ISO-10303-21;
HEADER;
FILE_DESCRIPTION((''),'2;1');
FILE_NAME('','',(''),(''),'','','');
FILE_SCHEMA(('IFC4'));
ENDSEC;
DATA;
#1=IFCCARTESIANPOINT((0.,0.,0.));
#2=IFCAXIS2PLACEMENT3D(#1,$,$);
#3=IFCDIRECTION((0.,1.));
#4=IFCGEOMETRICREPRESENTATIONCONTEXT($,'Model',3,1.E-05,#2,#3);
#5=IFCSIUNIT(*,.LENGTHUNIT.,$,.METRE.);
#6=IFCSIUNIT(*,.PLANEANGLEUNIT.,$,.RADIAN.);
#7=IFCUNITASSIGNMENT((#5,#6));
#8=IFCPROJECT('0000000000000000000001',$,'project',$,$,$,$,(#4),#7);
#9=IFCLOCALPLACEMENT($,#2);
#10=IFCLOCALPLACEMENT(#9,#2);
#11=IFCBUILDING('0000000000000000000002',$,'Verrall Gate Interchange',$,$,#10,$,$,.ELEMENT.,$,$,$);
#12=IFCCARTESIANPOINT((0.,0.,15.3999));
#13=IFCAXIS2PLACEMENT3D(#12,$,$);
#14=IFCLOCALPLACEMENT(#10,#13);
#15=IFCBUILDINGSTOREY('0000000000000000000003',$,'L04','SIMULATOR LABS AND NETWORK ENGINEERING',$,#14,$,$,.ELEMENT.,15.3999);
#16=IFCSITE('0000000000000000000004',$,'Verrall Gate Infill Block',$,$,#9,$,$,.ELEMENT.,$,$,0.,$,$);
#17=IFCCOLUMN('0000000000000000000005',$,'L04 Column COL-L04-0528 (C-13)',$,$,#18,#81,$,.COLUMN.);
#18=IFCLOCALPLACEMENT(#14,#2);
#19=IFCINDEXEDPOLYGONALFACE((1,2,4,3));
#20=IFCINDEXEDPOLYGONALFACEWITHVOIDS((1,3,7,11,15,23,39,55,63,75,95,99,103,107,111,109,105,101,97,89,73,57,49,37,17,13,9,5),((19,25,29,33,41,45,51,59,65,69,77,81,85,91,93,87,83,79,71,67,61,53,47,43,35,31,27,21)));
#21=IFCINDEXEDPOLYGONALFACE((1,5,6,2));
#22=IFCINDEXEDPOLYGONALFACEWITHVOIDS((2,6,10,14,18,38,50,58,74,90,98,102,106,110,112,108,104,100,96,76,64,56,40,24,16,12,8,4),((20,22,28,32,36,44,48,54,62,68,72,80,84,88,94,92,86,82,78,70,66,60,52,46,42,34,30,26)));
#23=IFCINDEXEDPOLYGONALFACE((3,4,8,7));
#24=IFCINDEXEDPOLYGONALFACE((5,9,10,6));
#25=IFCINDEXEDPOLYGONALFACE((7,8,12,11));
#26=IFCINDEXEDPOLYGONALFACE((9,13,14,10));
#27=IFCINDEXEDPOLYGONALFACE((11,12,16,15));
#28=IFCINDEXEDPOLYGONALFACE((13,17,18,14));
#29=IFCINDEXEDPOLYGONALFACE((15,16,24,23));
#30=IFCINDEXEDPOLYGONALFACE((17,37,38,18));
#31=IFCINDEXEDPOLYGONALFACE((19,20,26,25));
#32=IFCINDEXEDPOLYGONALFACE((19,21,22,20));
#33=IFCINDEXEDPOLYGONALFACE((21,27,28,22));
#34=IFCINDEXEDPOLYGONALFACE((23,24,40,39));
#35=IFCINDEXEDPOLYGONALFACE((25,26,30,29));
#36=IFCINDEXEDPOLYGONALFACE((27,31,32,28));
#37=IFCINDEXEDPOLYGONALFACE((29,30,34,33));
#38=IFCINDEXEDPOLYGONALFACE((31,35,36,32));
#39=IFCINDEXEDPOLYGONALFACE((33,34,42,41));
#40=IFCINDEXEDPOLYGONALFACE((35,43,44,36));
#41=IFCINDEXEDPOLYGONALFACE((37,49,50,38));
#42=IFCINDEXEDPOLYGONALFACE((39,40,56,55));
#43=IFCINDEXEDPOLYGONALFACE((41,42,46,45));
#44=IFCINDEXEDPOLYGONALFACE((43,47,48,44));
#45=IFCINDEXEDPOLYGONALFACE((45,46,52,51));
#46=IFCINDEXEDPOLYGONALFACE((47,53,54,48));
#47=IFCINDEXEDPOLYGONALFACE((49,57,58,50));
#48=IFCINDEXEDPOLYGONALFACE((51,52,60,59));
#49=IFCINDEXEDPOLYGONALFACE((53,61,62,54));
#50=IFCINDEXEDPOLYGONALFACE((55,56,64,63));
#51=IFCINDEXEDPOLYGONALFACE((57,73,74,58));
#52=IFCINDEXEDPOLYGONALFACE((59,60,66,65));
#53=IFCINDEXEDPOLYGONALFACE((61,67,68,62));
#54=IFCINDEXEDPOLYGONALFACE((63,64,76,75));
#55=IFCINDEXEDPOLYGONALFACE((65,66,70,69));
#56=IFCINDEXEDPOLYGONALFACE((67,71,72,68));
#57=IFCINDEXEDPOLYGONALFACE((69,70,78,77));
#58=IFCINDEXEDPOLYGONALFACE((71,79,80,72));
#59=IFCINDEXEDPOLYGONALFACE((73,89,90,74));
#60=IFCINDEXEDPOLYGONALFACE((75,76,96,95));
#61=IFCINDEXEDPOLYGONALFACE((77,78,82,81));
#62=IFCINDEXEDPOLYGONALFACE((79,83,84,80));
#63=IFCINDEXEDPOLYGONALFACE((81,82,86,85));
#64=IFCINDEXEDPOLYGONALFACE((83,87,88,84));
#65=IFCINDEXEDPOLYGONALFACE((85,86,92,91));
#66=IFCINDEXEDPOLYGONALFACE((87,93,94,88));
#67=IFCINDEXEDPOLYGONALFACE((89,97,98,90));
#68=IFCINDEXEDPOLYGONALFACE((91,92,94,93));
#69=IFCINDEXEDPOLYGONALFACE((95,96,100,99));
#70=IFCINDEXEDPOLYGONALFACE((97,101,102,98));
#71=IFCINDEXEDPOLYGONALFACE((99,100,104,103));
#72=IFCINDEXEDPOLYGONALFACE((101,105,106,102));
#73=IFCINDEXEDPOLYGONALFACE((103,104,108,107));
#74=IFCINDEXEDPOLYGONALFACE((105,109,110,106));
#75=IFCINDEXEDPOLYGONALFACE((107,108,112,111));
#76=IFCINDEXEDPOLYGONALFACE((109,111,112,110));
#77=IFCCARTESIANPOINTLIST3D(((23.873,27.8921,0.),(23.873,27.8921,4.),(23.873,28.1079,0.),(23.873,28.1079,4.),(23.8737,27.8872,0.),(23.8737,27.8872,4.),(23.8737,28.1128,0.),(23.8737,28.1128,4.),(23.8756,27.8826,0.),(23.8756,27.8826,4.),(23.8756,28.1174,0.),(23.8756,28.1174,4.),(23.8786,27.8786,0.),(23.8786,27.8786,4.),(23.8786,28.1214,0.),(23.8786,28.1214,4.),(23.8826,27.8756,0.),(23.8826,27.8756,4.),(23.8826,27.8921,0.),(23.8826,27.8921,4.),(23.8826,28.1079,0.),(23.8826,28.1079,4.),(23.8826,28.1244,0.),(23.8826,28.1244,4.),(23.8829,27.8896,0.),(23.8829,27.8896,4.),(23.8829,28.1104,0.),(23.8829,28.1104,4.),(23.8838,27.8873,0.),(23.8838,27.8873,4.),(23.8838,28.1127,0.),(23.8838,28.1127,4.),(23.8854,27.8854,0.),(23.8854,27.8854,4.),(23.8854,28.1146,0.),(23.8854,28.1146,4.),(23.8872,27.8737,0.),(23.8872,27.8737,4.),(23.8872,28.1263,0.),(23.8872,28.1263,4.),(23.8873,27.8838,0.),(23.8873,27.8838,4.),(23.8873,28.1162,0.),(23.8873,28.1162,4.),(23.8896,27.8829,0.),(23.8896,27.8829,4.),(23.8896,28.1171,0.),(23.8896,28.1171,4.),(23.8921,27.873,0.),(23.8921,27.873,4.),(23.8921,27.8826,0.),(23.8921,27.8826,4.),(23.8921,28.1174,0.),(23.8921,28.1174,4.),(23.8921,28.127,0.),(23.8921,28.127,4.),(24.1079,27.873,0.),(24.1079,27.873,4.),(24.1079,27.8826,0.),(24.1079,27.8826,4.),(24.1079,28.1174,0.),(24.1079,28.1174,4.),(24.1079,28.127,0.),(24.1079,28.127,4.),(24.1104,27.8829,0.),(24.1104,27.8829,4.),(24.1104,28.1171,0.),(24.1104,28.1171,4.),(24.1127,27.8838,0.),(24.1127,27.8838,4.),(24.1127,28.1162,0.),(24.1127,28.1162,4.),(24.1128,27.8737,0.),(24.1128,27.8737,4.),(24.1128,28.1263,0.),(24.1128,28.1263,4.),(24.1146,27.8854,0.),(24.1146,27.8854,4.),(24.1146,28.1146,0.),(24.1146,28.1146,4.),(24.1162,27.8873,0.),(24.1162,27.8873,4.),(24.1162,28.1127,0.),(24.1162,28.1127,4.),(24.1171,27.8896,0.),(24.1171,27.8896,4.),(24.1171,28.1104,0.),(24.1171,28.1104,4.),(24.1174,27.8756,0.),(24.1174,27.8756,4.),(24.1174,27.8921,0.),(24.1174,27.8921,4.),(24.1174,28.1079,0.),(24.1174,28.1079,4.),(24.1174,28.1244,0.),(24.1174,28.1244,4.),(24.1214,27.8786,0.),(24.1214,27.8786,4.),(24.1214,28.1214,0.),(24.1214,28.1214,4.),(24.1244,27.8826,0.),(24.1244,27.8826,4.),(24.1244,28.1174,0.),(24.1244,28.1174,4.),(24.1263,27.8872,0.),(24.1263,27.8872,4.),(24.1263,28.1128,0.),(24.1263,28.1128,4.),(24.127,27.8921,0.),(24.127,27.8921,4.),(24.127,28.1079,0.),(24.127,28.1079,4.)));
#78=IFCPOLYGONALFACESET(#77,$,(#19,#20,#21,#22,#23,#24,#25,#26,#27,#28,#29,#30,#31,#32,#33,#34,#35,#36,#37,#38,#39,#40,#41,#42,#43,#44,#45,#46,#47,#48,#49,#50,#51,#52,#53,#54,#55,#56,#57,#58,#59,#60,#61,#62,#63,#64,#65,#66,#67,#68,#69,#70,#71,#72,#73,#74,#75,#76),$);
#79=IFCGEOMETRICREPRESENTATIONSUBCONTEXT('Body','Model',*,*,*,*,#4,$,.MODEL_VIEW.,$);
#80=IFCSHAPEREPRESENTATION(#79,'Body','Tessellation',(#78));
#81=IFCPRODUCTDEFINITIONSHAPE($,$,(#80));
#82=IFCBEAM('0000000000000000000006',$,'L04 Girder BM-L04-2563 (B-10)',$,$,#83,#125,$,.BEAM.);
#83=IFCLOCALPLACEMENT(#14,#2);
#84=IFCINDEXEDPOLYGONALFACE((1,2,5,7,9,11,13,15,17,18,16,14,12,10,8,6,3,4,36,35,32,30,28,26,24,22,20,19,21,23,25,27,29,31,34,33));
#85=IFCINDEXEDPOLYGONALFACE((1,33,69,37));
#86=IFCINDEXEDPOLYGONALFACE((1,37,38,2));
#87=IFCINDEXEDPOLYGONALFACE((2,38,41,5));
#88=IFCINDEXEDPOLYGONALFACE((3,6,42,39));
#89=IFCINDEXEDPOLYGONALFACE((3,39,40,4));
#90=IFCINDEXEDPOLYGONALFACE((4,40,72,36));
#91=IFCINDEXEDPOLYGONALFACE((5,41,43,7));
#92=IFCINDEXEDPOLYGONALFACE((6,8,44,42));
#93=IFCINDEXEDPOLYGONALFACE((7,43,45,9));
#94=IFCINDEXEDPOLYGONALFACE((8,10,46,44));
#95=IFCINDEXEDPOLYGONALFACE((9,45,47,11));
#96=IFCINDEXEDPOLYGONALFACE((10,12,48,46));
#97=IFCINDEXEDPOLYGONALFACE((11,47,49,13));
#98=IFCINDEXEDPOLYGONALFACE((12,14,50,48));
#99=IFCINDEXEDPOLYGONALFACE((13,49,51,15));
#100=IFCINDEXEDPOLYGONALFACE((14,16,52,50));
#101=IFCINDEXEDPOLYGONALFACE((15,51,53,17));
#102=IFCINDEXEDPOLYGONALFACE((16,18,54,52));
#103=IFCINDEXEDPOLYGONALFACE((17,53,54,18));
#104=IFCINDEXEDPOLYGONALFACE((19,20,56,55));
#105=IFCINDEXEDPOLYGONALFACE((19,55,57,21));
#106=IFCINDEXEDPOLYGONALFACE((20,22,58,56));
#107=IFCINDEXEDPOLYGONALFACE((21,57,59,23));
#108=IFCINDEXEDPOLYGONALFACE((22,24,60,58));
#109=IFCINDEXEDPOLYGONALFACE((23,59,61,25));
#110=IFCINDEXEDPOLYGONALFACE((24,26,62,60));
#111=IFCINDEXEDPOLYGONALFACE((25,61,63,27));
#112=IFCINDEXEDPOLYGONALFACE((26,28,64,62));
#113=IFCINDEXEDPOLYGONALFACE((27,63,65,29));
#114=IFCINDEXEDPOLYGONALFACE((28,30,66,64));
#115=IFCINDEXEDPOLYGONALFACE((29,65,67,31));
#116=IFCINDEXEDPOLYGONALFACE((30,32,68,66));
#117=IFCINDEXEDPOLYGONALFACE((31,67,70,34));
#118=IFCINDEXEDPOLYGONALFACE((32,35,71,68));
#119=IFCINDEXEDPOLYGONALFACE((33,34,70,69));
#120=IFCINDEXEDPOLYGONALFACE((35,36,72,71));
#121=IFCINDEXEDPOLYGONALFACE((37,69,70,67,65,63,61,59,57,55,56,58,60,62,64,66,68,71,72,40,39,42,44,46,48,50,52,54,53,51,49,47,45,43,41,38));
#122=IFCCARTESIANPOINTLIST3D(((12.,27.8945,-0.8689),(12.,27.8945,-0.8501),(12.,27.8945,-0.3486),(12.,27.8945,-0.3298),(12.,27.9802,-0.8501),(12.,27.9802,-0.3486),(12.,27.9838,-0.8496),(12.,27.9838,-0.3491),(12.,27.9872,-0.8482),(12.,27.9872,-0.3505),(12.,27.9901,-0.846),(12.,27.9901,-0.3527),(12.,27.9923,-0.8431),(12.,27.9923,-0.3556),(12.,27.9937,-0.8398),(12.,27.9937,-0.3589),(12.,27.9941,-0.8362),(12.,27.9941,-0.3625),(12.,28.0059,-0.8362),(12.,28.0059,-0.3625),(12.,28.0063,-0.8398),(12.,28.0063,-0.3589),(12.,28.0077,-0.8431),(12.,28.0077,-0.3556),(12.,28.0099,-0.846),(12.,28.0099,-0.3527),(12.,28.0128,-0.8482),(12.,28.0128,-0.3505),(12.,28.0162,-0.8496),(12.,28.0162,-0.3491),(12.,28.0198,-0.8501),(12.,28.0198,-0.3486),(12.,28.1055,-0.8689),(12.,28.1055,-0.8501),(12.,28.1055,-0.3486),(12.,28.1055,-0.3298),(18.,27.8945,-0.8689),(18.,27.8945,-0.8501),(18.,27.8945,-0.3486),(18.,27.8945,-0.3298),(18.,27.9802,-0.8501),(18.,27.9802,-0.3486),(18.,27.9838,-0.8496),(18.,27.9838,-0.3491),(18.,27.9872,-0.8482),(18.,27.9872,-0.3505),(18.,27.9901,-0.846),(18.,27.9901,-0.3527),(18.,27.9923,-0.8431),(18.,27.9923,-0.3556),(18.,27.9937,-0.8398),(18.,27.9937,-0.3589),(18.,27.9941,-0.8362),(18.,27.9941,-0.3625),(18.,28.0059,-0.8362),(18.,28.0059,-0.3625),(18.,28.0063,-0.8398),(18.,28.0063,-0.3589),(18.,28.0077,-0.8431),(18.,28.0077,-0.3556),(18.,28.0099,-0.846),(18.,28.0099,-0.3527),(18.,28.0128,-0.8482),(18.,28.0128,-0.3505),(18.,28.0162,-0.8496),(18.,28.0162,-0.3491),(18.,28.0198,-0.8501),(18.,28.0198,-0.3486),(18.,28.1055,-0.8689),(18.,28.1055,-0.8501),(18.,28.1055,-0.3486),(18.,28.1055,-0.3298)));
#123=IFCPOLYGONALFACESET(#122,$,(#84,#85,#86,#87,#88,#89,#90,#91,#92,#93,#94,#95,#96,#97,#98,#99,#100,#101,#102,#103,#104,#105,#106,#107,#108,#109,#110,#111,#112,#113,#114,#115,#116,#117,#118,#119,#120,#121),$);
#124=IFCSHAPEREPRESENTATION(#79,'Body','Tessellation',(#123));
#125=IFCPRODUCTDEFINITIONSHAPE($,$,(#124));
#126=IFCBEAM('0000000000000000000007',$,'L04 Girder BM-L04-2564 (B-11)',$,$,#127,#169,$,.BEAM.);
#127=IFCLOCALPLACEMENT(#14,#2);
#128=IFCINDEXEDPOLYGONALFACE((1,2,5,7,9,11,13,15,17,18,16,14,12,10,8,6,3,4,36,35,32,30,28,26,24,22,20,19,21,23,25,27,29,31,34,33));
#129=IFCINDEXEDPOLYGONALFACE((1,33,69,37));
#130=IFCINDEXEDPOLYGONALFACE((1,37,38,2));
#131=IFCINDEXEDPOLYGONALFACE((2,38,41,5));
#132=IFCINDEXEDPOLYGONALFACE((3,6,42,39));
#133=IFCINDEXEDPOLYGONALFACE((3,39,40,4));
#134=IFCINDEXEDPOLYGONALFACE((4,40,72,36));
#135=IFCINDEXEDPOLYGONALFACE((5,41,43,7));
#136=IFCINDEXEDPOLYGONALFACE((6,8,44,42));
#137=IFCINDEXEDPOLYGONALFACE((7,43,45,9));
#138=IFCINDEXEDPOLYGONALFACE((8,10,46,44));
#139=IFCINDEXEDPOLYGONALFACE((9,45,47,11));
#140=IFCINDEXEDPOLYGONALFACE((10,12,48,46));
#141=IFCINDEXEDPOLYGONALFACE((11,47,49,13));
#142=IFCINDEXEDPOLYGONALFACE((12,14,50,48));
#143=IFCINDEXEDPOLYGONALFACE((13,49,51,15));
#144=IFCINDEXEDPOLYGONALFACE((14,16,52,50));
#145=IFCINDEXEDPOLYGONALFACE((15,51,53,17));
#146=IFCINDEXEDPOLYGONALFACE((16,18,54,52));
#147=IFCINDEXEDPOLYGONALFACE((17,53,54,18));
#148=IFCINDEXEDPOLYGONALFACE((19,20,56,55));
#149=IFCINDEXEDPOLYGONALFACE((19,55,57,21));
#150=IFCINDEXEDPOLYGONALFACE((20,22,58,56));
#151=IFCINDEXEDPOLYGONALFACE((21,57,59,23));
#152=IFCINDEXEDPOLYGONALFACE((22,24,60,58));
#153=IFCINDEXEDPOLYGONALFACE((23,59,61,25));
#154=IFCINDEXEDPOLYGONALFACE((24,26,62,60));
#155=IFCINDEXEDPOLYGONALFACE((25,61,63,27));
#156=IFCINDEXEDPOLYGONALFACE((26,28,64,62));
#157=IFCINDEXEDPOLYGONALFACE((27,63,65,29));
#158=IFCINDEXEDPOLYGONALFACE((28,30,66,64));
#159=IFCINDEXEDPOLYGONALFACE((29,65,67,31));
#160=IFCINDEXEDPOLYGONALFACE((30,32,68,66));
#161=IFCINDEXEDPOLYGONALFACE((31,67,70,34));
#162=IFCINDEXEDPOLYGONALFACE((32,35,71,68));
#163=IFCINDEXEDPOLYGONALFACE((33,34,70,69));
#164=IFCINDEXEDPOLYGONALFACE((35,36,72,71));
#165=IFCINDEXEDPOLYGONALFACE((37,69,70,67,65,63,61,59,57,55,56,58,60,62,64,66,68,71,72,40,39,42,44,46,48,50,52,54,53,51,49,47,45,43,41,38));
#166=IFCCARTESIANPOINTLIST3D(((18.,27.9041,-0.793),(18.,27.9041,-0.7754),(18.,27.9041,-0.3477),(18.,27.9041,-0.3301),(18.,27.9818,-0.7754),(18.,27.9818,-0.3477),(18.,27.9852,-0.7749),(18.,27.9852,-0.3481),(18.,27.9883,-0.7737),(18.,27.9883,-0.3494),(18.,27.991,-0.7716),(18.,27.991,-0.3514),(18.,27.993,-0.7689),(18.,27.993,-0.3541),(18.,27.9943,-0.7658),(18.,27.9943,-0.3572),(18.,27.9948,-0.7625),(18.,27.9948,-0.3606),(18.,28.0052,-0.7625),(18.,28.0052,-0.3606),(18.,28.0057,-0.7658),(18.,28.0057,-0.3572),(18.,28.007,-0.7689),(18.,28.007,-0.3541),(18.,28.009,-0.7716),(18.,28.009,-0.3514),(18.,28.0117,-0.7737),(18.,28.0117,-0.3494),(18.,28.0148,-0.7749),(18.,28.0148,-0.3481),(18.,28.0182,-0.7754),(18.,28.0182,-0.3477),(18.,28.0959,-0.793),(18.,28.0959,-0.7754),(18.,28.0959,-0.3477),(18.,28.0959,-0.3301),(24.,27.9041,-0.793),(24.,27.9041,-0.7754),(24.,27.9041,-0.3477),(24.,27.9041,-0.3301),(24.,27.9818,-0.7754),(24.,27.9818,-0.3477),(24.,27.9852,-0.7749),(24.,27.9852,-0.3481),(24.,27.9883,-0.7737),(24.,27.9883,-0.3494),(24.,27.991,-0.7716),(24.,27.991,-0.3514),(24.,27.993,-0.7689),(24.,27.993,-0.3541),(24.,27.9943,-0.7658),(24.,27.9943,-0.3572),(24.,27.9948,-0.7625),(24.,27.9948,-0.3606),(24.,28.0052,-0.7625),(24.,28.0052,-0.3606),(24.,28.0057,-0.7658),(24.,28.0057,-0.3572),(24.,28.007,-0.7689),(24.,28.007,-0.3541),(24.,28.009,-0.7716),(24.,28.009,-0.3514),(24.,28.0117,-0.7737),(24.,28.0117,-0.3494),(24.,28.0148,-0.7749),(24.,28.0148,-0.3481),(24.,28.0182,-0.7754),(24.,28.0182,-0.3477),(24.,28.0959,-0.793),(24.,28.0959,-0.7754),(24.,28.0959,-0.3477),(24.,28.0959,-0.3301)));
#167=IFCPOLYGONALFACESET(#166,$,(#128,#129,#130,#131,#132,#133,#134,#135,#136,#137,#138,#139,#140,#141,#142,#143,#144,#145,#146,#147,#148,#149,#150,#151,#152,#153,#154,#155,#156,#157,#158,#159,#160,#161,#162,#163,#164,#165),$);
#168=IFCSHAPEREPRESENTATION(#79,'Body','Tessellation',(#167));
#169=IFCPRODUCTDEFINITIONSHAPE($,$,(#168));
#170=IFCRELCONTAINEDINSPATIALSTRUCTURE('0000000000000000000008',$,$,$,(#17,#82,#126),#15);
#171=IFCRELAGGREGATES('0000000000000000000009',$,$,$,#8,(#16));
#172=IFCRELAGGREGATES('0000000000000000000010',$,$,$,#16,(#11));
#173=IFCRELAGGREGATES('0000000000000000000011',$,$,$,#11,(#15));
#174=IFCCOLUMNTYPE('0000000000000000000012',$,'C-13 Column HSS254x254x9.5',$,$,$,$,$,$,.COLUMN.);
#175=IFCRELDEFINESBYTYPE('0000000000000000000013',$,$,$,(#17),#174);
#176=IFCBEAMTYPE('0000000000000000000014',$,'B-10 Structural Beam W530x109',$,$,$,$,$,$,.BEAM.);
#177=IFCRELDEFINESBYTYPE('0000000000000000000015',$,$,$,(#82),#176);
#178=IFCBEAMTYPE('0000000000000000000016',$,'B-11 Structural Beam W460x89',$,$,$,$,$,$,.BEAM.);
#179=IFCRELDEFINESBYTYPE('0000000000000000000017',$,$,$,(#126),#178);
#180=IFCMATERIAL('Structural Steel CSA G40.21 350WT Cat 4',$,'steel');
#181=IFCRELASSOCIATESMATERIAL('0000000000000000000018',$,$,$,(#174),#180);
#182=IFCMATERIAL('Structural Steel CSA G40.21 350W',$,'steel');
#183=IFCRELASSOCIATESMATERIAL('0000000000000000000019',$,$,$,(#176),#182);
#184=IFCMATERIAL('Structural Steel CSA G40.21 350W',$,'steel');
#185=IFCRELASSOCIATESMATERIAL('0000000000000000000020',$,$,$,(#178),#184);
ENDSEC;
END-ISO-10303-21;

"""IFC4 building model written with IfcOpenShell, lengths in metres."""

from ifc_helpers import new_model, si_unit, direction, frame, origin, origin_2d, place, context, subcontext, project, spatial, hollow_rectangle, i_section, extrude, material, material_profile, profile_set, type_object, element, save


model = new_model("IFC4")

# Units and contexts
model_context = context("Model", 3, precision=1e-05, world=origin(), true_north=direction((0.0, 1.0)))
body_context = subcontext(model_context, "Body", "Model", "MODEL_VIEW")
ifc_project = project(units=[si_unit("LENGTHUNIT", "METRE"), si_unit("PLANEANGLEUNIT", "RADIAN")], contexts=[model_context])

# Site, building, storey
site_placement = place(None, origin())
site = spatial("IfcSite", under=ifc_project, at=site_placement, Name="Verrall Gate Infill Block", CompositionType="ELEMENT", RefElevation=0.0)
building_placement = place(site_placement, origin())
building = spatial("IfcBuilding", under=site, at=building_placement, Name="Verrall Gate Interchange", CompositionType="ELEMENT")
storey_placement = place(building_placement, frame((0.0, 0.0, 15.3999)))
storey = spatial("IfcBuildingStorey", under=building, at=storey_placement, Name="L04", Description="SIMULATOR LABS AND NETWORK ENGINEERING", CompositionType="ELEMENT", Elevation=15.3999)

# Column
ifc_material_1 = material(Name="Structural Steel CSA G40.21 350WT Cat 4", Category="steel")
ifc_material_profile_1 = material_profile(ifc_material_1, hollow_rectangle(XDim=0.2539, YDim=0.2539, WallThickness=0.0095, InnerFilletRadius=0.0095, OuterFilletRadius=0.019, at=origin_2d()), Name="HSS254x254x9.5")
ifc_profile_set_1 = profile_set([ifc_material_profile_1], Name="Structural Steel CSA G40.21 350WT Cat 4")
column_type = type_object("IfcColumnType", Name="C-13 Column HSS254x254x9.5", PredefinedType="COLUMN", material=ifc_profile_set_1)
for number, where, z_axis, x_axis, name in (
    (1, (24.0, 28.0, 0.0), (0.0, 0.0, 1.0), (1.0, 0.0, 0.0), "L04 Column COL-L04-0528 (C-13)"),
):
    element("IfcColumn", number, at=place(storey_placement, frame(where, z_axis=z_axis, x_axis=x_axis)), inside=storey, type_object=column_type, Name=name, PredefinedType="COLUMN", context=body_context, shape_type="SweptSolid", body=[
        extrude(hollow_rectangle(XDim=0.2539, YDim=0.2539, WallThickness=0.0095, InnerFilletRadius=0.0095, OuterFilletRadius=0.019, at=origin_2d()), origin(), (0.0, 0.0, 1.0), 4.0),
    ])

# Beams
ifc_material_2 = material(Name="Structural Steel CSA G40.21 350W", Category="steel")
ifc_material_profile_2 = material_profile(ifc_material_2, i_section(OverallWidth=0.2109, OverallDepth=0.5391, WebThickness=0.0117, FlangeThickness=0.0188, FilletRadius=0.0139, at=origin_2d()), Name="W530x109")
ifc_profile_set_2 = profile_set([ifc_material_profile_2], Name="Structural Steel CSA G40.21 350W")
beam_type_1 = type_object("IfcBeamType", Name="B-10 Structural Beam W530x109", PredefinedType="BEAM", material=ifc_profile_set_2)
beam_1_placement = place(storey_placement, frame((12.0, 28.0, -0.5994), z_axis=(1.0, 0.0, 0.0), x_axis=(0.0, 1.0, 0.0)))
element("IfcBeam", 2, at=beam_1_placement, inside=storey, type_object=beam_type_1, Name="L04 Girder BM-L04-2563 (B-10)", PredefinedType="BEAM", context=body_context, shape_type="SweptSolid", body=[
    extrude(i_section(OverallWidth=0.2109, OverallDepth=0.5391, WebThickness=0.0117, FlangeThickness=0.0188, FilletRadius=0.0139, at=origin_2d()), origin(), (0.0, 0.0, 1.0), 6.0),
])
ifc_material_3 = material(Name="Structural Steel CSA G40.21 350W", Category="steel")
ifc_material_profile_3 = material_profile(ifc_material_3, i_section(OverallWidth=0.1919, OverallDepth=0.4629, WebThickness=0.0105, FlangeThickness=0.0176, FilletRadius=0.0129, at=origin_2d()), Name="W460x89")
ifc_profile_set_3 = profile_set([ifc_material_profile_3], Name="Structural Steel CSA G40.21 350W")
beam_type_2 = type_object("IfcBeamType", Name="B-11 Structural Beam W460x89", PredefinedType="BEAM", material=ifc_profile_set_3)
for number, where, z_axis, x_axis, name in (
    (3, (18.0, 28.0, -0.5615), (1.0, 0.0, 0.0), (0.0, 1.0, 0.0), "L04 Girder BM-L04-2564 (B-11)"),
):
    element("IfcBeam", number, at=place(storey_placement, frame(where, z_axis=z_axis, x_axis=x_axis)), inside=storey, type_object=beam_type_2, Name=name, PredefinedType="BEAM", context=body_context, shape_type="SweptSolid", body=[
        extrude(i_section(OverallWidth=0.1919, OverallDepth=0.4629, WebThickness=0.0105, FlangeThickness=0.0176, FilletRadius=0.0129, at=origin_2d()), origin(), (0.0, 0.0, 1.0), 6.0),
    ])

save(model, "model.ifc")
